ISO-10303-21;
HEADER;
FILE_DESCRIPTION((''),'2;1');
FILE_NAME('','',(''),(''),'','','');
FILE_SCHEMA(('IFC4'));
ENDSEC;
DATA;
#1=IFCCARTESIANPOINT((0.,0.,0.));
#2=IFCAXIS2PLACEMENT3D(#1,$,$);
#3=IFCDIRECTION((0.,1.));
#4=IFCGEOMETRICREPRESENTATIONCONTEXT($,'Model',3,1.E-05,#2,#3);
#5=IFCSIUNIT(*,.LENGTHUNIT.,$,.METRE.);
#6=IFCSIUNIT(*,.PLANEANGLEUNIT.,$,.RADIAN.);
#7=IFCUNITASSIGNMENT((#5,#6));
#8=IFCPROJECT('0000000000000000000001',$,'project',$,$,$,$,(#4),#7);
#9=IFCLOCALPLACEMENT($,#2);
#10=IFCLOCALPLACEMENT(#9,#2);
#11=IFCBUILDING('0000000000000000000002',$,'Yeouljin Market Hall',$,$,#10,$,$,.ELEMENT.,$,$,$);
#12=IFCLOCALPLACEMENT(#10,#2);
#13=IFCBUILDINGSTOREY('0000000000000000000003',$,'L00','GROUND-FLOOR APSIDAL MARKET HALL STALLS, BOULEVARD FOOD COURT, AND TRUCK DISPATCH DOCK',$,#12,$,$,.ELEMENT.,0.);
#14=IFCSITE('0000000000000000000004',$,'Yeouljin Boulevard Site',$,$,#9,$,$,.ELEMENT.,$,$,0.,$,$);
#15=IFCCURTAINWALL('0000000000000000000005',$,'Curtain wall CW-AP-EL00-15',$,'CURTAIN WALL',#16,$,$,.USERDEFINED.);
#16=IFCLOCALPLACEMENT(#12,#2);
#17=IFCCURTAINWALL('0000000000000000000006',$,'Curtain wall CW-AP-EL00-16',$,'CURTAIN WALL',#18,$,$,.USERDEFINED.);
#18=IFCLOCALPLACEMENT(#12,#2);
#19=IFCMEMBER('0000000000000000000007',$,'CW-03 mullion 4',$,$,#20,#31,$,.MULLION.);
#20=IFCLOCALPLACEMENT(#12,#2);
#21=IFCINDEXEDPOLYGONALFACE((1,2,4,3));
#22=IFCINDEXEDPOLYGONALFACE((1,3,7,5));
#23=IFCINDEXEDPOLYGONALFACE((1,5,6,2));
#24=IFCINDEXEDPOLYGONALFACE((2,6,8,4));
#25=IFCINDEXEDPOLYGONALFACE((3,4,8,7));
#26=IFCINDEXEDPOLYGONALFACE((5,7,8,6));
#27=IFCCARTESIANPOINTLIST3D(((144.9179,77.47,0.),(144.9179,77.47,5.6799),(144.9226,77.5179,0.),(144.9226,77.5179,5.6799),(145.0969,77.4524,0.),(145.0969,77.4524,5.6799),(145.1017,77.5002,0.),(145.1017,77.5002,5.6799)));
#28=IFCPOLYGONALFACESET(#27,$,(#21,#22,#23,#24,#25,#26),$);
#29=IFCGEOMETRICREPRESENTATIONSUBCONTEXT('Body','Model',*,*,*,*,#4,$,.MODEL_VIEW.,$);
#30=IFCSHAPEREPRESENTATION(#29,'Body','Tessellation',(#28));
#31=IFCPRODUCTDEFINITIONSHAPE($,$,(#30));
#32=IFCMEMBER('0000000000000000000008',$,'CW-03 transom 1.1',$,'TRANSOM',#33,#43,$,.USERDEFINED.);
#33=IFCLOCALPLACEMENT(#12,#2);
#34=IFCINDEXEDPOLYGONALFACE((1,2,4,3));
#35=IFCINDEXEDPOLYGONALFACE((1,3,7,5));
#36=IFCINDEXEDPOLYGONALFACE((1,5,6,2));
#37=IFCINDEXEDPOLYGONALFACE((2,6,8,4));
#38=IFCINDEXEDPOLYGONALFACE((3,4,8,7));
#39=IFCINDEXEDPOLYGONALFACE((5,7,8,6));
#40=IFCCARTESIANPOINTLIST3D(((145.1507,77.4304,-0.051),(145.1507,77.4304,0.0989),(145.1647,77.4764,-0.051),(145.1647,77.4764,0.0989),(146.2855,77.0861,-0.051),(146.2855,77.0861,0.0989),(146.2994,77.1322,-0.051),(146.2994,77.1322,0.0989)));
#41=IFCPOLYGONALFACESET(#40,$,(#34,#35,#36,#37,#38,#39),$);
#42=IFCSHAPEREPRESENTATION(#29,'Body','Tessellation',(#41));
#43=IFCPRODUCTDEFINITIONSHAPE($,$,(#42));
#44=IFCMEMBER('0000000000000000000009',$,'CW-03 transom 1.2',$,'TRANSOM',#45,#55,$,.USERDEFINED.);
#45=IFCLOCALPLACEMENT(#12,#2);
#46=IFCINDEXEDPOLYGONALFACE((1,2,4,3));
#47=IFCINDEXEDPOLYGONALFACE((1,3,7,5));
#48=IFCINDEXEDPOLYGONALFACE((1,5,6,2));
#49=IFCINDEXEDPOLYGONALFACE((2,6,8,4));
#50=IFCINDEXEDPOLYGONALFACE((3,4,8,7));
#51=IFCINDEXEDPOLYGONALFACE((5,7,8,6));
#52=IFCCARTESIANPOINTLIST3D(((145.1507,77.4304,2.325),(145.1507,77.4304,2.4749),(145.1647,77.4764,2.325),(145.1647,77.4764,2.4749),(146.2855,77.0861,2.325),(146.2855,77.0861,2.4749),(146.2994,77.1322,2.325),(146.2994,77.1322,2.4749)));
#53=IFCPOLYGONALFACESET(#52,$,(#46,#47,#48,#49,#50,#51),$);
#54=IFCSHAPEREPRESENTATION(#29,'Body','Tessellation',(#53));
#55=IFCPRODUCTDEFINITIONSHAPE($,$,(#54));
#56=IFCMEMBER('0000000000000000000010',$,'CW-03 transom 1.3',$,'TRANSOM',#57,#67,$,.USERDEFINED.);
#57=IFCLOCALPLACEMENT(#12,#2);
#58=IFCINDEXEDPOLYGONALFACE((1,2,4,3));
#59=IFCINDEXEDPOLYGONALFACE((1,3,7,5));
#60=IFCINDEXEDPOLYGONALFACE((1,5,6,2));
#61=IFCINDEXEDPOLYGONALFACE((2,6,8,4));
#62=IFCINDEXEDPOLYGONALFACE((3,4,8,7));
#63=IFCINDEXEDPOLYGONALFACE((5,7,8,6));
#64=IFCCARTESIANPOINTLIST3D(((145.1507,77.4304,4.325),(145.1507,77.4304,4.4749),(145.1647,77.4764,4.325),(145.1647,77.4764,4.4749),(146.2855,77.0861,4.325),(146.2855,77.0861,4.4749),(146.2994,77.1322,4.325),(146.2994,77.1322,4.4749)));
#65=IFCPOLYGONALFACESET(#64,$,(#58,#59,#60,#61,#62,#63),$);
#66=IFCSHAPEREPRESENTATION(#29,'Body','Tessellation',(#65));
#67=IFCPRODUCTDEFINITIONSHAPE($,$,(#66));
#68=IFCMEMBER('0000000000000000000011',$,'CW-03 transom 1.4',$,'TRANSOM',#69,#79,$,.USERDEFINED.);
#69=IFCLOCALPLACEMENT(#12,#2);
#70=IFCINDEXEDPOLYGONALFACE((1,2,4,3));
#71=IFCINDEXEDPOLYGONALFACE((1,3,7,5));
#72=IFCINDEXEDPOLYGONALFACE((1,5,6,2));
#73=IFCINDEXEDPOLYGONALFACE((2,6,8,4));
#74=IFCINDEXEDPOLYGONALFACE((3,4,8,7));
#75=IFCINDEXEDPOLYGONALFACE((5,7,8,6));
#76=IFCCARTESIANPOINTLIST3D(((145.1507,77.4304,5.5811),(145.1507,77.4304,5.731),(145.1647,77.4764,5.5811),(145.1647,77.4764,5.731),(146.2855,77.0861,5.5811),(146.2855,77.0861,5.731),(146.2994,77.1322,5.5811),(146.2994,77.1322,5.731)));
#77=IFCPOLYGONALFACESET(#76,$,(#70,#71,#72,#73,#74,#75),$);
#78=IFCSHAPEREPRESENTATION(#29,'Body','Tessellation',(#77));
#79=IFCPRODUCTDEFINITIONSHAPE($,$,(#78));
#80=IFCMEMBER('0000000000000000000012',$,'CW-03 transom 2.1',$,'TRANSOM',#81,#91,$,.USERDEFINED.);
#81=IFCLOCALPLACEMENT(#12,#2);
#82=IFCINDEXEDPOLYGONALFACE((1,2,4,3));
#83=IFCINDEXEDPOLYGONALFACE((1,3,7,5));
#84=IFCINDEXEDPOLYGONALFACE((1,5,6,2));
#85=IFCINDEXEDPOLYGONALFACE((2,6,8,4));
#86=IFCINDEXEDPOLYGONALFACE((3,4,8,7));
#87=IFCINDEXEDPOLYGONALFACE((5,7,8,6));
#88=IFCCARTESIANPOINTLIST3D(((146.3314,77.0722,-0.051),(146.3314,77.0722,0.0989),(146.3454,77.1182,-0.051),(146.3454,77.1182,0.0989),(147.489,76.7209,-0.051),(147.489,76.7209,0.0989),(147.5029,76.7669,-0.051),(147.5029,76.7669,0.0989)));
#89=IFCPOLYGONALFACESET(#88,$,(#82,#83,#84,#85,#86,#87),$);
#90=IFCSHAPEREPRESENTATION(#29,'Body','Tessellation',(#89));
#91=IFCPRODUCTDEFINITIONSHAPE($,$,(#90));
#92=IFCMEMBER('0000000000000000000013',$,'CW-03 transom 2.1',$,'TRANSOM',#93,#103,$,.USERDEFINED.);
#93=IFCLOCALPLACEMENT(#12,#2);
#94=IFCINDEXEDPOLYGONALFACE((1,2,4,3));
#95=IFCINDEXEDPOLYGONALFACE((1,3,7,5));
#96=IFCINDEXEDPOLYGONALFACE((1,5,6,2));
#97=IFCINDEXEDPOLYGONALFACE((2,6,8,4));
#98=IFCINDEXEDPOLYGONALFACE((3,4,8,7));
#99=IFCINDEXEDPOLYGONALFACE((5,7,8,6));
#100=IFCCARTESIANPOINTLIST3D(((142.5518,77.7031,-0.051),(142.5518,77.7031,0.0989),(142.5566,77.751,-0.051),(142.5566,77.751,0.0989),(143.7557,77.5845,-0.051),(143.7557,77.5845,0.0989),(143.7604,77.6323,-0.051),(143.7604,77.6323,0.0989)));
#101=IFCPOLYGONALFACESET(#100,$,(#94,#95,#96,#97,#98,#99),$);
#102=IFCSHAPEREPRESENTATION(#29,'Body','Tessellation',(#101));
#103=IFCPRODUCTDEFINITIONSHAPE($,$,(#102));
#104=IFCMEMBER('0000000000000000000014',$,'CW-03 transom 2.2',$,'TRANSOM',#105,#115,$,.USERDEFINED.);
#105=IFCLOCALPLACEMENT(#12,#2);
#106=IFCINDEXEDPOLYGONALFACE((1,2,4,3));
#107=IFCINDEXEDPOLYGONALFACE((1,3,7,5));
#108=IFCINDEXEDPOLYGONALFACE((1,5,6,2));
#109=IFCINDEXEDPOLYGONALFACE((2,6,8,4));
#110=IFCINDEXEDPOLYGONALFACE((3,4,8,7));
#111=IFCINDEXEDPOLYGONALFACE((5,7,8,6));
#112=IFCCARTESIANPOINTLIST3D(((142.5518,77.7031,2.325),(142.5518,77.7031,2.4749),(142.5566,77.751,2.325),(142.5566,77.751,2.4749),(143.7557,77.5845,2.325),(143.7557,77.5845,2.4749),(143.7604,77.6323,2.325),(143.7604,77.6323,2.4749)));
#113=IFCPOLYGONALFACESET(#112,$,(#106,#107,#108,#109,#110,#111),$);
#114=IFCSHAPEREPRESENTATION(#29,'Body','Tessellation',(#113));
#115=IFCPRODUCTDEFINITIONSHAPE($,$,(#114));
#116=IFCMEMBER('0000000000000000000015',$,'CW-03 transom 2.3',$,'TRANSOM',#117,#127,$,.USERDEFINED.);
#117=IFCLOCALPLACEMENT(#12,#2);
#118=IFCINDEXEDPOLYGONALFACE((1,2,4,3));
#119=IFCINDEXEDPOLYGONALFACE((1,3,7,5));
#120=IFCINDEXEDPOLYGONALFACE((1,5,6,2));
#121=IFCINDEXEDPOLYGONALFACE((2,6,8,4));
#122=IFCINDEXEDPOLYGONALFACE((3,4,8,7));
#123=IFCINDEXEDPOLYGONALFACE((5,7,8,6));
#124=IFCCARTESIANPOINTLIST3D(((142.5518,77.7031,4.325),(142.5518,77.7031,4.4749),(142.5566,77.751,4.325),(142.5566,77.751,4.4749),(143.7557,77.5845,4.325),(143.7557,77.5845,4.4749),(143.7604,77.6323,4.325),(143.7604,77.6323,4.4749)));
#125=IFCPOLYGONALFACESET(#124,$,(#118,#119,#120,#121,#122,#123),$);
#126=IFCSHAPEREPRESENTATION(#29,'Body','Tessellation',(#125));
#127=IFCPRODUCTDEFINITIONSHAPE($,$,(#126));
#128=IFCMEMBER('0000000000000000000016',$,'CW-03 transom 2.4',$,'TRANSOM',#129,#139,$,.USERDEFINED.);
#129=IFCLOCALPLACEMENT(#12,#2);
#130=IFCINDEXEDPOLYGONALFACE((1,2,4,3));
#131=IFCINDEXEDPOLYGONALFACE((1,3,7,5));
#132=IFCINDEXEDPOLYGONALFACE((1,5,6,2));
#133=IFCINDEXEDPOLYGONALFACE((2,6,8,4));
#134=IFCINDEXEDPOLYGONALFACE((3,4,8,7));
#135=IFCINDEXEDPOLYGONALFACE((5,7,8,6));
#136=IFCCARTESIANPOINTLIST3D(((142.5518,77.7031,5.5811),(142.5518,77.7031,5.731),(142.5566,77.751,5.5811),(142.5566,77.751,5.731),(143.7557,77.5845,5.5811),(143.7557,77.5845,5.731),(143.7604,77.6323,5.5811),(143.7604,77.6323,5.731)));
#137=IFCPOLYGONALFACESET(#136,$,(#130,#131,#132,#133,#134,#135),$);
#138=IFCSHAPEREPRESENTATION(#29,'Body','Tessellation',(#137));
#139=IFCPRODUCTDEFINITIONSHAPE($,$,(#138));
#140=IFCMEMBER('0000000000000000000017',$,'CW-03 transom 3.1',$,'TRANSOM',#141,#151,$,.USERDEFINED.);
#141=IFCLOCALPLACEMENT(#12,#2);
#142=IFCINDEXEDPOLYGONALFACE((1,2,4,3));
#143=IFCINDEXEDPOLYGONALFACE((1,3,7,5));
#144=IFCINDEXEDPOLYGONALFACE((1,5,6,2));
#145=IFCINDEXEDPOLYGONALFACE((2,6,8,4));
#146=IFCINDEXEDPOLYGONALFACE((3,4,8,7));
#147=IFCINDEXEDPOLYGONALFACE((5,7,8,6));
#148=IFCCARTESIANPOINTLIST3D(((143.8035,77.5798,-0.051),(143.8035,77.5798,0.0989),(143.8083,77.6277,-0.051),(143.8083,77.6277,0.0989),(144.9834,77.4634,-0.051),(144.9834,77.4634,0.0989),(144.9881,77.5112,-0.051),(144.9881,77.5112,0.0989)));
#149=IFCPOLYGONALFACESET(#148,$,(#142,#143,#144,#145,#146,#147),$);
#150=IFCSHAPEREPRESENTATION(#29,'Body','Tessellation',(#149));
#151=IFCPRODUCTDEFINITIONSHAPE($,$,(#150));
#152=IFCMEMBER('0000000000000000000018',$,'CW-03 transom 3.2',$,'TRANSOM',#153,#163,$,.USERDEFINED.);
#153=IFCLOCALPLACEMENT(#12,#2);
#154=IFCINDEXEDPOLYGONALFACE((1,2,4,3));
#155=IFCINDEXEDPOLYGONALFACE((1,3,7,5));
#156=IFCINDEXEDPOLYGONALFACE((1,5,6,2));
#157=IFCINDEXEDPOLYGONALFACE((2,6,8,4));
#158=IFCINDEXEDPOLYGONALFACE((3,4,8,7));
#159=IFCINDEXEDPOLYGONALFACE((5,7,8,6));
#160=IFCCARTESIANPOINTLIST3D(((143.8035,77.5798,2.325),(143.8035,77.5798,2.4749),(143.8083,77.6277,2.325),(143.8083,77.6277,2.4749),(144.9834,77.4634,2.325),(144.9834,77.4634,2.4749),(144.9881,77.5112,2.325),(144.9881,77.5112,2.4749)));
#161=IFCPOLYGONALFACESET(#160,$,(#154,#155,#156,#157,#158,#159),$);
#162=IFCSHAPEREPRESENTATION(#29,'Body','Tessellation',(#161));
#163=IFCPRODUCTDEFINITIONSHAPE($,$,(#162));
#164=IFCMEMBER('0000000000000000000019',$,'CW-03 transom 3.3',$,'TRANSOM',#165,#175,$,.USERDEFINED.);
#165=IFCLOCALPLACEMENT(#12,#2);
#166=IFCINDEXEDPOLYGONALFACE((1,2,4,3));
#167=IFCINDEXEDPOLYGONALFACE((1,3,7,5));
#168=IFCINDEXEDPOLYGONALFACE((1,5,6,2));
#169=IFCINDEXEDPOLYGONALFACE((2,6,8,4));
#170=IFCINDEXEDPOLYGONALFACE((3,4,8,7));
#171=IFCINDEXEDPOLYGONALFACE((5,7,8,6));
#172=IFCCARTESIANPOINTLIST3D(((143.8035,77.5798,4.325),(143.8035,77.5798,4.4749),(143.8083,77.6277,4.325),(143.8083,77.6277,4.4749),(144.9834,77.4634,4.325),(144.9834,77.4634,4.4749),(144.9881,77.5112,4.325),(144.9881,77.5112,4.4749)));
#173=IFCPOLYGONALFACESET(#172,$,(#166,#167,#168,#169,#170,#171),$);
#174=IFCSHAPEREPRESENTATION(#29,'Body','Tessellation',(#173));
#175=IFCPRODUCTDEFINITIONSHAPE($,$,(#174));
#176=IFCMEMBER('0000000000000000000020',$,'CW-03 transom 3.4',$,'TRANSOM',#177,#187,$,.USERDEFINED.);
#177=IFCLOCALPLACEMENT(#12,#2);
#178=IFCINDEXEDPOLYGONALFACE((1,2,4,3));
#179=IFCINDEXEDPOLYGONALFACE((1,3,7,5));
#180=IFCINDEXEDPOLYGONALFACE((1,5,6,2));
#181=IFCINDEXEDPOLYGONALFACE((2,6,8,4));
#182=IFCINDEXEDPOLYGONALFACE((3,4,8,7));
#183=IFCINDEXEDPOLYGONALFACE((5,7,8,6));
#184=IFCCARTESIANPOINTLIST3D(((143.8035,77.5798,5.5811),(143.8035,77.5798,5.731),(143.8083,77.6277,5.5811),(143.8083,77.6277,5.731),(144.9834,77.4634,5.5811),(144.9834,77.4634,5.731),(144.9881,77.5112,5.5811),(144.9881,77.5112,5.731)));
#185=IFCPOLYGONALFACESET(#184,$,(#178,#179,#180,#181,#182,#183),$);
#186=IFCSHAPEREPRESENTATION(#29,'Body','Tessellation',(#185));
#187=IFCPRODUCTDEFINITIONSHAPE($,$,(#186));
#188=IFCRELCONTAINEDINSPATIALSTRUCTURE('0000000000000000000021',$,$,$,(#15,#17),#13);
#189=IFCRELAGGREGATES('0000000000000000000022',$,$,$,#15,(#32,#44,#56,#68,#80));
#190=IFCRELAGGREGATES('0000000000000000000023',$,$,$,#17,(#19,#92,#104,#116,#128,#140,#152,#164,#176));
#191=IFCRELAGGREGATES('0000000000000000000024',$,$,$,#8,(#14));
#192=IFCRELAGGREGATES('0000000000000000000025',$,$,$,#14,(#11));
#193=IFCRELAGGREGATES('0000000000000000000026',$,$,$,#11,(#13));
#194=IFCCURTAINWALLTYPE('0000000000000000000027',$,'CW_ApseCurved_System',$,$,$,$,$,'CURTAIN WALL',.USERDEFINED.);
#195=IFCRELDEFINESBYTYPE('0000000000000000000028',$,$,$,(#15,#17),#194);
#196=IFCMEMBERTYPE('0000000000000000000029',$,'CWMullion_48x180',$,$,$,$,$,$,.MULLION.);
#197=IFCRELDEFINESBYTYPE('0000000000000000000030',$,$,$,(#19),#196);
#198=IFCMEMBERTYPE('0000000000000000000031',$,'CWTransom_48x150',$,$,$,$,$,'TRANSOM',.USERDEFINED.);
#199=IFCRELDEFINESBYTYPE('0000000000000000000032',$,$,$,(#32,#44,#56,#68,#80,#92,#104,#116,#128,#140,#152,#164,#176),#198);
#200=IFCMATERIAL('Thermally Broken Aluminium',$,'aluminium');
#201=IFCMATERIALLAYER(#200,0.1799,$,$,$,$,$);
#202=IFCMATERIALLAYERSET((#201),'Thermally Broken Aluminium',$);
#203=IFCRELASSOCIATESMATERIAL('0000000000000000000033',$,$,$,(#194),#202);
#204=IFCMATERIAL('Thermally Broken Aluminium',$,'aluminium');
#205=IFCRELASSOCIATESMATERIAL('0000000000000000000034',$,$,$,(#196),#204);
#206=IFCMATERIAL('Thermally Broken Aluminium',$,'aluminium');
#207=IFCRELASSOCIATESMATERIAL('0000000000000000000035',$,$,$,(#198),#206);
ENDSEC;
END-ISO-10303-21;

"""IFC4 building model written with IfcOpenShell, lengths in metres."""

from ifc_helpers import new_model, si_unit, direction, frame, origin, origin_2d, place, context, subcontext, project, spatial, rectangle, extrude, material, layer, layer_set, material_profile, profile_set, type_object, element, aggregate, save


model = new_model("IFC4")

# Units and contexts
model_context = context("Model", 3, precision=1e-05, world=origin(), true_north=direction((0.0, 1.0)))
body_context = subcontext(model_context, "Body", "Model", "MODEL_VIEW")
ifc_project = project(units=[si_unit("LENGTHUNIT", "METRE"), si_unit("PLANEANGLEUNIT", "RADIAN")], contexts=[model_context])

# Site, building, storey
site_placement = place(None, origin())
site = spatial("IfcSite", under=ifc_project, at=site_placement, Name="Yeouljin Boulevard Site", CompositionType="ELEMENT", RefElevation=0.0)
building_placement = place(site_placement, origin())
building = spatial("IfcBuilding", under=site, at=building_placement, Name="Yeouljin Market Hall", CompositionType="ELEMENT")
storey_placement = place(building_placement, origin())
storey = spatial("IfcBuildingStorey", under=building, at=storey_placement, Name="L00", Description="GROUND-FLOOR APSIDAL MARKET HALL STALLS, BOULEVARD FOOD COURT, AND TRUCK DISPATCH DOCK", CompositionType="ELEMENT", Elevation=0.0)

# Curtain walls, member
ifc_material_1 = material(Name="Thermally Broken Aluminium", Category="aluminium")
ifc_layer_1 = layer(ifc_material_1, 0.1799)
ifc_layer_set_1 = layer_set([ifc_layer_1], Name="Thermally Broken Aluminium")
curtain_wall_type = type_object("IfcCurtainWallType", Name="CW_ApseCurved_System", ElementType="CURTAIN WALL", PredefinedType="USERDEFINED", material=ifc_layer_set_1)
curtain_wall_1_placement = place(storey_placement, origin())
curtain_wall_1 = element("IfcCurtainWall", 1, at=curtain_wall_1_placement, inside=storey, type_object=curtain_wall_type, Name="Curtain wall CW-AP-EL00-15", ObjectType="CURTAIN WALL", PredefinedType="USERDEFINED")
ifc_material_2 = material(Name="Thermally Broken Aluminium", Category="aluminium")
ifc_material_profile_1 = material_profile(ifc_material_2, rectangle(XDim=0.0481, YDim=0.1799, at=origin_2d()), Name="CW-MULL-48x180")
ifc_profile_set_1 = profile_set([ifc_material_profile_1], Name="Thermally Broken Aluminium")
member_type_1 = type_object("IfcMemberType", Name="CWMullion_48x180", PredefinedType="MULLION", material=ifc_profile_set_1)
curtain_wall_2_placement = place(storey_placement, origin())
curtain_wall_2 = element("IfcCurtainWall", 2, at=curtain_wall_2_placement, inside=storey, type_object=curtain_wall_type, Name="Curtain wall CW-AP-EL00-16", ObjectType="CURTAIN WALL", PredefinedType="USERDEFINED")
member_1_placement = place(storey_placement, frame((145.0098, 77.4851, 0.0), z_axis=(0.0, 0.0, 1.0), x_axis=(0.098034, 0.995183, 0.0)))
member_1 = element("IfcMember", 3, at=member_1_placement, type_object=member_type_1, Name="CW-03 mullion 4", PredefinedType="MULLION", context=body_context, shape_type="SweptSolid", body=[
    extrude(rectangle(XDim=0.0481, YDim=0.1799, at=origin_2d()), origin(), (0.0, 0.0, 1.0), 5.6799),
])

# Members
ifc_material_3 = material(Name="Thermally Broken Aluminium", Category="aluminium")
ifc_material_profile_2 = material_profile(ifc_material_3, rectangle(XDim=0.0481, YDim=0.1499, at=origin_2d()), Name="CW-TRAN-48x150")
ifc_profile_set_2 = profile_set([ifc_material_profile_2], Name="Thermally Broken Aluminium")
member_type_2 = type_object("IfcMemberType", Name="CWTransom_48x150", ElementType="TRANSOM", PredefinedType="USERDEFINED", material=ifc_profile_set_2)
member_2_placement = place(storey_placement, frame((145.1577, 77.4534, 0.0239), z_axis=(0.956938, -0.290293, 0.0), x_axis=(0.290293, 0.956938, 0.0)))
member_2 = element("IfcMember", 4, at=member_2_placement, type_object=member_type_2, Name="CW-03 transom 1.1", ObjectType="TRANSOM", PredefinedType="USERDEFINED", context=body_context, shape_type="SweptSolid", body=[
    extrude(rectangle(XDim=0.0481, YDim=0.1499, at=origin_2d()), origin(), (0.0, 0.0, 1.0), 1.1858),
])
member_3_placement = place(storey_placement, frame((145.1577, 77.4534, 2.3999), z_axis=(0.956938, -0.290293, 0.0), x_axis=(0.290293, 0.956938, 0.0)))
member_3 = element("IfcMember", 5, at=member_3_placement, type_object=member_type_2, Name="CW-03 transom 1.2", ObjectType="TRANSOM", PredefinedType="USERDEFINED", context=body_context, shape_type="SweptSolid", body=[
    extrude(rectangle(XDim=0.0481, YDim=0.1499, at=origin_2d()), origin(), (0.0, 0.0, 1.0), 1.1858),
])
member_4_placement = place(storey_placement, frame((145.1577, 77.4534, 4.3999), z_axis=(0.956938, -0.290293, 0.0), x_axis=(0.290293, 0.956938, 0.0)))
member_4 = element("IfcMember", 6, at=member_4_placement, type_object=member_type_2, Name="CW-03 transom 1.3", ObjectType="TRANSOM", PredefinedType="USERDEFINED", context=body_context, shape_type="SweptSolid", body=[
    extrude(rectangle(XDim=0.0481, YDim=0.1499, at=origin_2d()), origin(), (0.0, 0.0, 1.0), 1.1858),
])
member_5_placement = place(storey_placement, frame((145.1577, 77.4534, 5.656), z_axis=(0.956938, -0.290293, 0.0), x_axis=(0.290293, 0.956938, 0.0)))
member_5 = element("IfcMember", 7, at=member_5_placement, type_object=member_type_2, Name="CW-03 transom 1.4", ObjectType="TRANSOM", PredefinedType="USERDEFINED", context=body_context, shape_type="SweptSolid", body=[
    extrude(rectangle(XDim=0.0481, YDim=0.1499, at=origin_2d()), origin(), (0.0, 0.0, 1.0), 1.1858),
])
member_6_placement = place(storey_placement, frame((146.3384, 77.0952, 0.0239), z_axis=(0.956894, -0.290439, 0.0), x_axis=(0.290439, 0.956894, 0.0)))
member_6 = element("IfcMember", 8, at=member_6_placement, type_object=member_type_2, Name="CW-03 transom 2.1", ObjectType="TRANSOM", PredefinedType="USERDEFINED", context=body_context, shape_type="SweptSolid", body=[
    extrude(rectangle(XDim=0.0481, YDim=0.1499, at=origin_2d()), origin(), (0.0, 0.0, 1.0), 1.2097),
])
member_7_placement = place(storey_placement, frame((142.5542, 77.7271, 0.0239), z_axis=(0.995178, -0.098085, 0.0), x_axis=(0.098085, 0.995178, 0.0)))
member_7 = element("IfcMember", 9, at=member_7_placement, type_object=member_type_2, Name="CW-03 transom 2.1", ObjectType="TRANSOM", PredefinedType="USERDEFINED", context=body_context, shape_type="SweptSolid", body=[
    extrude(rectangle(XDim=0.0481, YDim=0.1499, at=origin_2d()), origin(), (0.0, 0.0, 1.0), 1.2097),
])
member_8_placement = place(storey_placement, frame((142.5542, 77.7271, 2.3999), z_axis=(0.995178, -0.098085, 0.0), x_axis=(0.098085, 0.995178, 0.0)))
member_8 = element("IfcMember", 10, at=member_8_placement, type_object=member_type_2, Name="CW-03 transom 2.2", ObjectType="TRANSOM", PredefinedType="USERDEFINED", context=body_context, shape_type="SweptSolid", body=[
    extrude(rectangle(XDim=0.0481, YDim=0.1499, at=origin_2d()), origin(), (0.0, 0.0, 1.0), 1.2097),
])
member_9_placement = place(storey_placement, frame((142.5542, 77.7271, 4.3999), z_axis=(0.995178, -0.098085, 0.0), x_axis=(0.098085, 0.995178, 0.0)))
member_9 = element("IfcMember", 11, at=member_9_placement, type_object=member_type_2, Name="CW-03 transom 2.3", ObjectType="TRANSOM", PredefinedType="USERDEFINED", context=body_context, shape_type="SweptSolid", body=[
    extrude(rectangle(XDim=0.0481, YDim=0.1499, at=origin_2d()), origin(), (0.0, 0.0, 1.0), 1.2097),
])
member_10_placement = place(storey_placement, frame((142.5542, 77.7271, 5.656), z_axis=(0.995178, -0.098085, 0.0), x_axis=(0.098085, 0.995178, 0.0)))
member_10 = element("IfcMember", 12, at=member_10_placement, type_object=member_type_2, Name="CW-03 transom 2.4", ObjectType="TRANSOM", PredefinedType="USERDEFINED", context=body_context, shape_type="SweptSolid", body=[
    extrude(rectangle(XDim=0.0481, YDim=0.1499, at=origin_2d()), origin(), (0.0, 0.0, 1.0), 1.2097),
])
member_11_placement = place(storey_placement, frame((143.8059, 77.6038, 0.0239), z_axis=(0.995165, -0.098219, 0.0), x_axis=(0.098219, 0.995165, 0.0)))
member_11 = element("IfcMember", 13, at=member_11_placement, type_object=member_type_2, Name="CW-03 transom 3.1", ObjectType="TRANSOM", PredefinedType="USERDEFINED", context=body_context, shape_type="SweptSolid", body=[
    extrude(rectangle(XDim=0.0481, YDim=0.1499, at=origin_2d()), origin(), (0.0, 0.0, 1.0), 1.1855),
])
member_12_placement = place(storey_placement, frame((143.8059, 77.6038, 2.3999), z_axis=(0.995165, -0.098219, 0.0), x_axis=(0.098219, 0.995165, 0.0)))
member_12 = element("IfcMember", 14, at=member_12_placement, type_object=member_type_2, Name="CW-03 transom 3.2", ObjectType="TRANSOM", PredefinedType="USERDEFINED", context=body_context, shape_type="SweptSolid", body=[
    extrude(rectangle(XDim=0.0481, YDim=0.1499, at=origin_2d()), origin(), (0.0, 0.0, 1.0), 1.1855),
])
member_13_placement = place(storey_placement, frame((143.8059, 77.6038, 4.3999), z_axis=(0.995165, -0.098219, 0.0), x_axis=(0.098219, 0.995165, 0.0)))
member_13 = element("IfcMember", 15, at=member_13_placement, type_object=member_type_2, Name="CW-03 transom 3.3", ObjectType="TRANSOM", PredefinedType="USERDEFINED", context=body_context, shape_type="SweptSolid", body=[
    extrude(rectangle(XDim=0.0481, YDim=0.1499, at=origin_2d()), origin(), (0.0, 0.0, 1.0), 1.1855),
])
member_14_placement = place(storey_placement, frame((143.8059, 77.6038, 5.656), z_axis=(0.995165, -0.098219, 0.0), x_axis=(0.098219, 0.995165, 0.0)))
member_14 = element("IfcMember", 16, at=member_14_placement, type_object=member_type_2, Name="CW-03 transom 3.4", ObjectType="TRANSOM", PredefinedType="USERDEFINED", context=body_context, shape_type="SweptSolid", body=[
    extrude(rectangle(XDim=0.0481, YDim=0.1499, at=origin_2d()), origin(), (0.0, 0.0, 1.0), 1.1855),
])

aggregate(curtain_wall_1, [member_2, member_3, member_4, member_5, member_6])
aggregate(curtain_wall_2, [member_1, member_7, member_8, member_9, member_10, member_11, member_12, member_13, member_14])

save(model, "model.ifc")
